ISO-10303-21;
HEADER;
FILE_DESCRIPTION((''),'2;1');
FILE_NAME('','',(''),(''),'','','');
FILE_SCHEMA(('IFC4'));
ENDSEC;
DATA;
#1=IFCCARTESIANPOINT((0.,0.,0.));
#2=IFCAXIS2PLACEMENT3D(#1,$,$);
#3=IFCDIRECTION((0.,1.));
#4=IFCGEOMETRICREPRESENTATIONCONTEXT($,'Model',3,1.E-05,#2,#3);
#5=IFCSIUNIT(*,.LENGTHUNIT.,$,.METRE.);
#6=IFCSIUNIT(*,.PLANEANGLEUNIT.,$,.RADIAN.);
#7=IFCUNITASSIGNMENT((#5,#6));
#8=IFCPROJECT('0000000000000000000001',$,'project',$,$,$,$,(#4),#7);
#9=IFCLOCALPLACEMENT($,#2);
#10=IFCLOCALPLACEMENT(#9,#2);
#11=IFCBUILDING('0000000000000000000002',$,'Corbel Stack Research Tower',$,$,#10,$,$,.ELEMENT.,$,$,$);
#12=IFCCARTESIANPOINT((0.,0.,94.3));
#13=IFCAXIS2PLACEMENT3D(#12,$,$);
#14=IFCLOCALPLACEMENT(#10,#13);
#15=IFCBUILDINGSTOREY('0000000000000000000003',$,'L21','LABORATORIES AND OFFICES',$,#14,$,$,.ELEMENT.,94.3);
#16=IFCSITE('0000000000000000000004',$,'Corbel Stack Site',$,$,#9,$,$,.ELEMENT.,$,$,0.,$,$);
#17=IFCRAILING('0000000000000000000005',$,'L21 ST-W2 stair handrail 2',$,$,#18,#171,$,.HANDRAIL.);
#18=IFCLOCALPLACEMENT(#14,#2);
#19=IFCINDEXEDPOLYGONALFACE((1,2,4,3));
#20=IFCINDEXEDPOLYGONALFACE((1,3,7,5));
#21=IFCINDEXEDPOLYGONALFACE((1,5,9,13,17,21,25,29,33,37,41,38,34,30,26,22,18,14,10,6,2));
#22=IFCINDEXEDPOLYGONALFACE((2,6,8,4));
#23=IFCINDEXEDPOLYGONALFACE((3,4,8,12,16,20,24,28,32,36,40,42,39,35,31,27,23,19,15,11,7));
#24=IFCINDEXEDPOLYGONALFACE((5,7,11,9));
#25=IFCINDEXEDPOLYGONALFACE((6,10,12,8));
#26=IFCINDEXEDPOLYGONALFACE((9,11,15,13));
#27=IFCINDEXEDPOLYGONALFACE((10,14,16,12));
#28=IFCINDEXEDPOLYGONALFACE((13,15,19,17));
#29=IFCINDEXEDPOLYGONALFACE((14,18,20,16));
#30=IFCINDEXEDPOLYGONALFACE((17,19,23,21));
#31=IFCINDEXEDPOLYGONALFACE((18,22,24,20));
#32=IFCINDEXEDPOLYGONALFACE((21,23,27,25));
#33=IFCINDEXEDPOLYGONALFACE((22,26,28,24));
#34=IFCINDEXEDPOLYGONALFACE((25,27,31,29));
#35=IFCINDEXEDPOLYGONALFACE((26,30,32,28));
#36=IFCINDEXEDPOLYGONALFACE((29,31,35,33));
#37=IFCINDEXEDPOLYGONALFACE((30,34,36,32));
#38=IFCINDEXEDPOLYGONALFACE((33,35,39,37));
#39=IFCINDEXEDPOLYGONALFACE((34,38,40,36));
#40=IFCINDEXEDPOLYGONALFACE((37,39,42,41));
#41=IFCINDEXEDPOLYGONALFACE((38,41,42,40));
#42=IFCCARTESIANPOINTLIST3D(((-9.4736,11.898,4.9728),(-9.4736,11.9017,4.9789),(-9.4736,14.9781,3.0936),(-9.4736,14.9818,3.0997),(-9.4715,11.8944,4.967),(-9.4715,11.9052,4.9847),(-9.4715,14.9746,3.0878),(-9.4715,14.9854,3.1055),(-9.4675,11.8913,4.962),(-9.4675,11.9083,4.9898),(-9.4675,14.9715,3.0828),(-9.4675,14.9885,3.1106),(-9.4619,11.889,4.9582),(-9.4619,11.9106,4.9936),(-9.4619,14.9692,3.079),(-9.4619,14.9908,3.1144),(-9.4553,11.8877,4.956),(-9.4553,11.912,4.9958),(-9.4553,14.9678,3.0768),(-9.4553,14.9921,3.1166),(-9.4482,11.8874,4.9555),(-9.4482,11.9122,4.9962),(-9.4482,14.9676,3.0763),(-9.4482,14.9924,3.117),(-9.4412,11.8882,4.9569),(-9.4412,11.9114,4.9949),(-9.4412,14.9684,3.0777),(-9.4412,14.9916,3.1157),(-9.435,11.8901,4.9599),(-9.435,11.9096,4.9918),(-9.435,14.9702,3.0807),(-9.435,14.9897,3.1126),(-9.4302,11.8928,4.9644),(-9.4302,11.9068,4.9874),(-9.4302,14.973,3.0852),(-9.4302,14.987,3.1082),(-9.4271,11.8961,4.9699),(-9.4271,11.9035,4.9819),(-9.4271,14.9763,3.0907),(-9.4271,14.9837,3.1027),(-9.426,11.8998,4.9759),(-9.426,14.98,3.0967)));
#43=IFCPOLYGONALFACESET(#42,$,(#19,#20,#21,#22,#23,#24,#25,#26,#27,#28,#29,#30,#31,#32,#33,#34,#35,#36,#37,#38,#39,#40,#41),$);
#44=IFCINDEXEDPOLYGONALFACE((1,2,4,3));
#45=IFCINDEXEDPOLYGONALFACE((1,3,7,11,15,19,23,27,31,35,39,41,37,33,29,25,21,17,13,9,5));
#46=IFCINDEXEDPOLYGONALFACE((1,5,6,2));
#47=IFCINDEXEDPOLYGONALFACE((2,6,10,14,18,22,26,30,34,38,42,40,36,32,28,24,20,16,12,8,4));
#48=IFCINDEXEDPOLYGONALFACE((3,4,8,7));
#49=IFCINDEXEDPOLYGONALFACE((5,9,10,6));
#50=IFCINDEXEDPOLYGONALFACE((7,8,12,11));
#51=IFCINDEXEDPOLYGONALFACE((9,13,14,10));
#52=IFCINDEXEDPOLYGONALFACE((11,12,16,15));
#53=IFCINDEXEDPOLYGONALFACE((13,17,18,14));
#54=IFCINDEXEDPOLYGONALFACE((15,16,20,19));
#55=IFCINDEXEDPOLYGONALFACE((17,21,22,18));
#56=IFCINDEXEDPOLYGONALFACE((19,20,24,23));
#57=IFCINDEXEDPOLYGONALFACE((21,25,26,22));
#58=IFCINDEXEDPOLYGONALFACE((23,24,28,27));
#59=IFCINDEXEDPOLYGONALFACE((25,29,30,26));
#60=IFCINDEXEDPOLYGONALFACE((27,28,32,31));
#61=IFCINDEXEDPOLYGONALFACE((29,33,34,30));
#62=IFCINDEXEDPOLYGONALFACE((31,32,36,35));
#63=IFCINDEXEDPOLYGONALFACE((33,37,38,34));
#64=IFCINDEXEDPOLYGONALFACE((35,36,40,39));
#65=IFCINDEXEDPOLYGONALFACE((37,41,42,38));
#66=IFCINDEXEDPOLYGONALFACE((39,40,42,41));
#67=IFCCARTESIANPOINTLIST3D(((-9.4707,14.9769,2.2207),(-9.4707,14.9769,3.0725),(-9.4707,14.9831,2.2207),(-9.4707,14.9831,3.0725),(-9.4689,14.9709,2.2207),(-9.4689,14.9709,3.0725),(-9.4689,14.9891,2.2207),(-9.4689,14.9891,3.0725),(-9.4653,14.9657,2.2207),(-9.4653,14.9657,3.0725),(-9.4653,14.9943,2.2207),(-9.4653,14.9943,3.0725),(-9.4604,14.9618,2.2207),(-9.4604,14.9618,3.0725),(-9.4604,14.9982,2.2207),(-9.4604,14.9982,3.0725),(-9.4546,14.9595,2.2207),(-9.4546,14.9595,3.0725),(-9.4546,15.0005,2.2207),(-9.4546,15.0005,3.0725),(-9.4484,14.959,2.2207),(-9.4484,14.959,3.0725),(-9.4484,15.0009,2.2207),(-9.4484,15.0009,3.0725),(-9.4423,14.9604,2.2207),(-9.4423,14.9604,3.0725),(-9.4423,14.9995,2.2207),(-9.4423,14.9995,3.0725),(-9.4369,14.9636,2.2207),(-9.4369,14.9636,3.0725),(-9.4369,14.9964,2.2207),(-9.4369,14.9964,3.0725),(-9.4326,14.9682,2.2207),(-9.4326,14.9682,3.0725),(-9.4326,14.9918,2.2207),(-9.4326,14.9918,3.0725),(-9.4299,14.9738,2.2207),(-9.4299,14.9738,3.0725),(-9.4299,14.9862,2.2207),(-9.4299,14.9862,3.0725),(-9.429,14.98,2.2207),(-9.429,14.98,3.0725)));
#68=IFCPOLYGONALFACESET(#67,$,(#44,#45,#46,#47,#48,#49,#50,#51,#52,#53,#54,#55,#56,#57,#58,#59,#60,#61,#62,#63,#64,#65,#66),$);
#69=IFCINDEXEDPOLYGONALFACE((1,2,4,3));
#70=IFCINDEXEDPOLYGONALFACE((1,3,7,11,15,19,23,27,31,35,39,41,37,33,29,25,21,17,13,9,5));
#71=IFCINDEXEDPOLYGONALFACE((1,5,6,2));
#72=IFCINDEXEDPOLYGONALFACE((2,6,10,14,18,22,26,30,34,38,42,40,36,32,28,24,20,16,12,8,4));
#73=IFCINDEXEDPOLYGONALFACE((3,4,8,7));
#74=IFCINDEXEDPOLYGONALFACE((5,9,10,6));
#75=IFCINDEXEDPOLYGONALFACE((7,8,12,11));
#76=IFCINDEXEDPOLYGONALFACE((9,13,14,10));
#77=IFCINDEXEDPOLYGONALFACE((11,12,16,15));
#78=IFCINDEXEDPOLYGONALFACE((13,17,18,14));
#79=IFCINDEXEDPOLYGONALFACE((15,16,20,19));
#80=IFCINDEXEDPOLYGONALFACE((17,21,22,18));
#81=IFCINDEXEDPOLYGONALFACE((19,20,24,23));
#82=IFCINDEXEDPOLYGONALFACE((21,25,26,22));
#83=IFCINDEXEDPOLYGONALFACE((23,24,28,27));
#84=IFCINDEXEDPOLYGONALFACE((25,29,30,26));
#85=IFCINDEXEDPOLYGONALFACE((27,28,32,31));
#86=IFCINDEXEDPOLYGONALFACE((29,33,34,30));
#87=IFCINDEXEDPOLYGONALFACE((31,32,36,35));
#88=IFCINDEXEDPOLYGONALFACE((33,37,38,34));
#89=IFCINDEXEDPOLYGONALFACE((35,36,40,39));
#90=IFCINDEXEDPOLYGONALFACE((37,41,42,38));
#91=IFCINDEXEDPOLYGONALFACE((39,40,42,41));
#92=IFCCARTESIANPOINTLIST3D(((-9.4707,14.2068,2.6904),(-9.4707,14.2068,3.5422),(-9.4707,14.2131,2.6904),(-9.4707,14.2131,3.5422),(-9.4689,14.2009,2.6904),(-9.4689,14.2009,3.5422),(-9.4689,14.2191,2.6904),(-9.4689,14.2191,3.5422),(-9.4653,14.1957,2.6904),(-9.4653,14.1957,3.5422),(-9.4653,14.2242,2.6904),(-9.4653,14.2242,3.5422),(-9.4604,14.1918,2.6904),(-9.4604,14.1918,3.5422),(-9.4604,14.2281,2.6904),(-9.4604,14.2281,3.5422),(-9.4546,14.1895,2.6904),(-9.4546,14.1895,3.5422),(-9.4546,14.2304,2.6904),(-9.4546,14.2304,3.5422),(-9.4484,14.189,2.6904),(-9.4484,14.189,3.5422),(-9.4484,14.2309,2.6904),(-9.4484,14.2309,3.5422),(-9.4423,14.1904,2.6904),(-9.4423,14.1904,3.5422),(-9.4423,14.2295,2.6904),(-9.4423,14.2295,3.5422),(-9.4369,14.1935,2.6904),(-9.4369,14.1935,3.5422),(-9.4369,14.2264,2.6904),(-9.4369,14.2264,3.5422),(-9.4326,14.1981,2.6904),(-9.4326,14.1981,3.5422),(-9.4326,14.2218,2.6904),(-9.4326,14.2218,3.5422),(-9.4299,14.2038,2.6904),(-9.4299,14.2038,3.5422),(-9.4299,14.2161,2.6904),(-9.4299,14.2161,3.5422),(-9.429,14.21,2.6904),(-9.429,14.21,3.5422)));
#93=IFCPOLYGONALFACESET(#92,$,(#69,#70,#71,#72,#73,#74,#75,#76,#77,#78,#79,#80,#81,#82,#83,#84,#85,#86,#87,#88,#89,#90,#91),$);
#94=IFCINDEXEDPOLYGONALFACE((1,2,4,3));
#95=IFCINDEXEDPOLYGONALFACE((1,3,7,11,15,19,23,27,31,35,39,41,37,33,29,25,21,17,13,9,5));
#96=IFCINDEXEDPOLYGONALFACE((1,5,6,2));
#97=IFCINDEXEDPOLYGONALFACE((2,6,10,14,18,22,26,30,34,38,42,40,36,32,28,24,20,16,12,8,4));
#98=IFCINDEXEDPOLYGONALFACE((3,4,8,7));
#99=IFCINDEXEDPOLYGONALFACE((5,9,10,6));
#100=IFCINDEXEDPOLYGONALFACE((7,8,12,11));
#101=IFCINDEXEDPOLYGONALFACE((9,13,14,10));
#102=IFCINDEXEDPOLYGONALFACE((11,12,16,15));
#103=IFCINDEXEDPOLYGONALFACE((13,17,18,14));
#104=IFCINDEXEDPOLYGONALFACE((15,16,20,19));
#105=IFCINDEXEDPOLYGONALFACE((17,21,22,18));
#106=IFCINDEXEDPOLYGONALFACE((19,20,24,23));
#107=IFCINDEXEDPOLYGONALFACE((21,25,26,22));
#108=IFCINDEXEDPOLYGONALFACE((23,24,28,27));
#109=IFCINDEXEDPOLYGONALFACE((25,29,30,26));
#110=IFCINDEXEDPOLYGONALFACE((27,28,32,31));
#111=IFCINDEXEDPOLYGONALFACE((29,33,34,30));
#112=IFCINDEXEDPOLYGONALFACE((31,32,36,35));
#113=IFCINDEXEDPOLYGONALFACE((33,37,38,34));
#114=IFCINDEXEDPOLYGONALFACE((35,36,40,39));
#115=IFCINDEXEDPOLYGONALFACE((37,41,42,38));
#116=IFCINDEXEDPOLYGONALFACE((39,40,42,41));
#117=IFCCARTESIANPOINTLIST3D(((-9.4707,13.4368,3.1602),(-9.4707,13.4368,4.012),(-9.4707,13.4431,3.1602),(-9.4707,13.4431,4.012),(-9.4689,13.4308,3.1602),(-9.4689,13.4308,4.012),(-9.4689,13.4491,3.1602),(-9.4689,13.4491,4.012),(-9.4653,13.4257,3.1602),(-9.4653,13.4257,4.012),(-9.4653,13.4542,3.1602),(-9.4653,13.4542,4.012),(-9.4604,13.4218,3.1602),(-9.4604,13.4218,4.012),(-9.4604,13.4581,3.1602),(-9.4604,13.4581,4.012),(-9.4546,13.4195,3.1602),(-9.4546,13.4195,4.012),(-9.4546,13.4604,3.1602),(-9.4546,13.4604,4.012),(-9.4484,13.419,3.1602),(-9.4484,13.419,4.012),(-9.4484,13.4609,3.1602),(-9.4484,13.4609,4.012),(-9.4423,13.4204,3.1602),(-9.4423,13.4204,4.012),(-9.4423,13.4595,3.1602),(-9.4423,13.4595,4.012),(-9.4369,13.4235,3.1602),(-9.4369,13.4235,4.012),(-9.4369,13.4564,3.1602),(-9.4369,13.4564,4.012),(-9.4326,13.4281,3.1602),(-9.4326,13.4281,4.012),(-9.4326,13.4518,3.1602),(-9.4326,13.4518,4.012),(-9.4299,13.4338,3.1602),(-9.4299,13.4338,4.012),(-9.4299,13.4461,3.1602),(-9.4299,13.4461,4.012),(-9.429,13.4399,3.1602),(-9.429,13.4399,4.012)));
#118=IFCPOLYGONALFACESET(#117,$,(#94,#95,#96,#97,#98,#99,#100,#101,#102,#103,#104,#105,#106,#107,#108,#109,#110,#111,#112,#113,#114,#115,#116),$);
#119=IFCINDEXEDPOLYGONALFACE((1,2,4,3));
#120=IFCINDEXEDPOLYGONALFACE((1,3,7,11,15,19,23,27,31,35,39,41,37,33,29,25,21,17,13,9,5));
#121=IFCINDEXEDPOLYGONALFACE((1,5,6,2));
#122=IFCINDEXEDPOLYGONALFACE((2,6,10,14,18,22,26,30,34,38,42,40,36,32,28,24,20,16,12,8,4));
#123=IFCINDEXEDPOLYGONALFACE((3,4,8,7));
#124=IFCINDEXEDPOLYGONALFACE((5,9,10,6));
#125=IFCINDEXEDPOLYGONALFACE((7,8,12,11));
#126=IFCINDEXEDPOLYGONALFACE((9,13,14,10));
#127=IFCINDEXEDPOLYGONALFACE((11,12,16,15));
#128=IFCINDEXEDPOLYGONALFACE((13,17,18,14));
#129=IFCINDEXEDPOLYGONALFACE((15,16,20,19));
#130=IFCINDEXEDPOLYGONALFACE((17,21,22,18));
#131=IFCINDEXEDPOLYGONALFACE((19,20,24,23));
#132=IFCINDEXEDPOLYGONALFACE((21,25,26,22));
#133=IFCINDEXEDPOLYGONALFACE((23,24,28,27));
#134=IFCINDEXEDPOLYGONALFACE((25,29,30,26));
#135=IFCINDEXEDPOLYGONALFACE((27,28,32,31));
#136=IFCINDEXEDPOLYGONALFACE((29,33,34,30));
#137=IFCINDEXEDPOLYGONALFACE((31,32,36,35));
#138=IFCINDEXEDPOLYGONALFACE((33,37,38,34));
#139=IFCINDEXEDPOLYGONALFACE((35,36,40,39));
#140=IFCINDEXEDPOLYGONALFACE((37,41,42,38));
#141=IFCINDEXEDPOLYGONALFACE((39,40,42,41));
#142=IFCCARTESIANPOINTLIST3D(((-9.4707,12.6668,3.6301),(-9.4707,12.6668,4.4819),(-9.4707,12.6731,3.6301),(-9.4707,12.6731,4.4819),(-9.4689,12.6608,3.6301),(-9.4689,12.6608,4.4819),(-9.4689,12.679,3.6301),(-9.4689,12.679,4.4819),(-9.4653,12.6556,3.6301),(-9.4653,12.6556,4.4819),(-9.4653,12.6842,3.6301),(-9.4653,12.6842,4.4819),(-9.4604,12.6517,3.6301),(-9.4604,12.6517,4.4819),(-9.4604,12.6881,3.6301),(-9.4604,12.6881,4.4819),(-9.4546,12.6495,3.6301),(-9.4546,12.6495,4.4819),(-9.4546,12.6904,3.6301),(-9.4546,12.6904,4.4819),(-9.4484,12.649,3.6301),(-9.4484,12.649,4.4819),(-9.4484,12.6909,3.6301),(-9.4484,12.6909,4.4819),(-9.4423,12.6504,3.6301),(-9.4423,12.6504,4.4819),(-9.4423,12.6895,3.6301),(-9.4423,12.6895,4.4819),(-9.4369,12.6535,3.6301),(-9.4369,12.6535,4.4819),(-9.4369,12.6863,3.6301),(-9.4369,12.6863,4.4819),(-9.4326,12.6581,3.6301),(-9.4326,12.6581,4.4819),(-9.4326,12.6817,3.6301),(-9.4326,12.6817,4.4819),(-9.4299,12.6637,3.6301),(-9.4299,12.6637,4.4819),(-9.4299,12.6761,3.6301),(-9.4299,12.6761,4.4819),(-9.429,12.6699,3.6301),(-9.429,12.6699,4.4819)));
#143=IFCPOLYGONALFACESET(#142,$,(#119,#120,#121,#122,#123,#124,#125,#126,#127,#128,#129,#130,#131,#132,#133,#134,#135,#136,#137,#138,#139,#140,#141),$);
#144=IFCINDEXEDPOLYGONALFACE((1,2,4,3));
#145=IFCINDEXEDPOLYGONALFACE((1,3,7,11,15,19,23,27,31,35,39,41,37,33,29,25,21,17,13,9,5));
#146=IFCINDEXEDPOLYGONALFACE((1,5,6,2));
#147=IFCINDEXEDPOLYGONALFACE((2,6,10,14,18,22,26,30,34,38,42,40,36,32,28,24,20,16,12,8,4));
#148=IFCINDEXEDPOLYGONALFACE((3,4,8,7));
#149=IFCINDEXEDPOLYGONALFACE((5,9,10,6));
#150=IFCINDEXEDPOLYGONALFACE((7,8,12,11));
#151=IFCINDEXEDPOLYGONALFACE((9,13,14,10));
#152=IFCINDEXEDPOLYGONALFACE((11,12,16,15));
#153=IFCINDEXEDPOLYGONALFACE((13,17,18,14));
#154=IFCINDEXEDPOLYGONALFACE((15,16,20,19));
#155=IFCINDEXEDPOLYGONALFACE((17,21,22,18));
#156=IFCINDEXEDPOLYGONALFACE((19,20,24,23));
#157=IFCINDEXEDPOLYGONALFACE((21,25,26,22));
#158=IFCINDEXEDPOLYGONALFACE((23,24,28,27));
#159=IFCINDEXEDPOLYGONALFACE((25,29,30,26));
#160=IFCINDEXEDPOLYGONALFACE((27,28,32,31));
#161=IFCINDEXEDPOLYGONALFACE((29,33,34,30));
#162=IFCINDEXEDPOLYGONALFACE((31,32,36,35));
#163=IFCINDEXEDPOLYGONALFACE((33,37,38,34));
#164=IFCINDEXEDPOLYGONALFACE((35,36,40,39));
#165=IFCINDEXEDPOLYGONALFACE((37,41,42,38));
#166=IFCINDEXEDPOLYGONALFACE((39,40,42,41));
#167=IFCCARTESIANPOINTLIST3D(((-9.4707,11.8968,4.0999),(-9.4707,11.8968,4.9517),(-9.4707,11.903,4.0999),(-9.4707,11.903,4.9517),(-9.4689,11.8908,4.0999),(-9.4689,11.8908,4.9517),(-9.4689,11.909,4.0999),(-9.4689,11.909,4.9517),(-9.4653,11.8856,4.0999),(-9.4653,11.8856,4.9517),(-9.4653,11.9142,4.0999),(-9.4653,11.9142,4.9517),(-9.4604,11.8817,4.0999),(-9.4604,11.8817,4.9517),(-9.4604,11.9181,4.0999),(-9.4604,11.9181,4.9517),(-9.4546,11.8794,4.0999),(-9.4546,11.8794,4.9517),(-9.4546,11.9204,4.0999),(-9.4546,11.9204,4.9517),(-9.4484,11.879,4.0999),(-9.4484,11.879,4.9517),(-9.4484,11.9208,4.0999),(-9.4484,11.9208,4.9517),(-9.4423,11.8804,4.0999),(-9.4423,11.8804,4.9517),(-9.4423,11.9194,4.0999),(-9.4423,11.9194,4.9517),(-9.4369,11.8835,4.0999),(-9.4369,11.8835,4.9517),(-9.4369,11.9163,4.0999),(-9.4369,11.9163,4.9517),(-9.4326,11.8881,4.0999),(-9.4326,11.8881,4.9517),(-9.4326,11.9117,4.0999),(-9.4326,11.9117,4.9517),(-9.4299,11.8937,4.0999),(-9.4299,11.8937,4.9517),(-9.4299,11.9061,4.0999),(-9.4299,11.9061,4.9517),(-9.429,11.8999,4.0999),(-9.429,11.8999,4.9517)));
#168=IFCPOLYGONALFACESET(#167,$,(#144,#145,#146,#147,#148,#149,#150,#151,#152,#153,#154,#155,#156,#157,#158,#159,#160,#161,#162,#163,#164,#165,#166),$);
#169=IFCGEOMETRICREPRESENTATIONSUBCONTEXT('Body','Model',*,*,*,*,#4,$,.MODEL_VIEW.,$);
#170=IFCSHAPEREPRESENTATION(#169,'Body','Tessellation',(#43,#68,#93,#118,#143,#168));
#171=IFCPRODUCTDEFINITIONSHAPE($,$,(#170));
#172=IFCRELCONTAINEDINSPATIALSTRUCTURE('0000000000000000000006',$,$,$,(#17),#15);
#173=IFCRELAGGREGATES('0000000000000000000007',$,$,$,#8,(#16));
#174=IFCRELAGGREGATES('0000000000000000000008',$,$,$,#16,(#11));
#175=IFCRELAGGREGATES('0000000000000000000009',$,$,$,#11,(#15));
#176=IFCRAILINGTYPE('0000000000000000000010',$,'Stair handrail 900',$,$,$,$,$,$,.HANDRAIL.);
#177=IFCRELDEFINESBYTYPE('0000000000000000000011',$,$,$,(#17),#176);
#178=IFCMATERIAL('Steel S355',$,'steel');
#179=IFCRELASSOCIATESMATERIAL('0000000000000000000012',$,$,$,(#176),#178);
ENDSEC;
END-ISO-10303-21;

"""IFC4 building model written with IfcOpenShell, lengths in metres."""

from ifc_helpers import new_model, si_unit, direction, frame, origin, origin_2d, place, context, subcontext, project, spatial, circle, extrude, material, type_object, element, save


model = new_model("IFC4")

# Units and contexts
model_context = context("Model", 3, precision=1e-05, world=origin(), true_north=direction((0.0, 1.0)))
body_context = subcontext(model_context, "Body", "Model", "MODEL_VIEW")
ifc_project = project(units=[si_unit("LENGTHUNIT", "METRE"), si_unit("PLANEANGLEUNIT", "RADIAN")], contexts=[model_context])

# Site, building, storey
site_placement = place(None, origin())
site = spatial("IfcSite", under=ifc_project, at=site_placement, Name="Corbel Stack Site", CompositionType="ELEMENT", RefElevation=0.0)
building_placement = place(site_placement, origin())
building = spatial("IfcBuilding", under=site, at=building_placement, Name="Corbel Stack Research Tower", CompositionType="ELEMENT")
storey_placement = place(building_placement, frame((0.0, 0.0, 94.3)))
storey = spatial("IfcBuildingStorey", under=building, at=storey_placement, Name="L21", Description="LABORATORIES AND OFFICES", CompositionType="ELEMENT", Elevation=94.3)

# Railing
ifc_material_1 = material(Name="Steel S355", Category="steel")
railing_type_1 = type_object("IfcRailingType", Name="Stair handrail 900", PredefinedType="HANDRAIL", material=ifc_material_1)
railing_1_placement = place(storey_placement, frame((-9.45, 14.98, 2.2207)))
element("IfcRailing", 1, at=railing_1_placement, inside=storey, type_object=railing_type_1, Name="L21 ST-W2 stair handrail 2", PredefinedType="HANDRAIL", context=body_context, shape_type="SweptSolid", body=[
    extrude(circle(Radius=0.0239, at=origin_2d()), frame((0.0, 0.0, 0.876), z_axis=(0.0, -0.853666, 0.52082), x_axis=(1.0, 0.0, 0.0)), (0.0, 0.0, 1.0), 3.6082),
    extrude(circle(Radius=0.021, at=origin_2d()), origin(), (0.0, 0.0, 1.0), 0.8518),
    extrude(circle(Radius=0.021, at=origin_2d()), frame((0.0, -0.77, 0.4697)), (0.0, 0.0, 1.0), 0.8518),
    extrude(circle(Radius=0.021, at=origin_2d()), frame((0.0, -1.54, 0.9395)), (0.0, 0.0, 1.0), 0.8518),
    extrude(circle(Radius=0.021, at=origin_2d()), frame((0.0, -2.3101, 1.4094)), (0.0, 0.0, 1.0), 0.8518),
    extrude(circle(Radius=0.021, at=origin_2d()), frame((0.0, -3.0801, 1.8792)), (0.0, 0.0, 1.0), 0.8518),
])

save(model, "model.ifc")
